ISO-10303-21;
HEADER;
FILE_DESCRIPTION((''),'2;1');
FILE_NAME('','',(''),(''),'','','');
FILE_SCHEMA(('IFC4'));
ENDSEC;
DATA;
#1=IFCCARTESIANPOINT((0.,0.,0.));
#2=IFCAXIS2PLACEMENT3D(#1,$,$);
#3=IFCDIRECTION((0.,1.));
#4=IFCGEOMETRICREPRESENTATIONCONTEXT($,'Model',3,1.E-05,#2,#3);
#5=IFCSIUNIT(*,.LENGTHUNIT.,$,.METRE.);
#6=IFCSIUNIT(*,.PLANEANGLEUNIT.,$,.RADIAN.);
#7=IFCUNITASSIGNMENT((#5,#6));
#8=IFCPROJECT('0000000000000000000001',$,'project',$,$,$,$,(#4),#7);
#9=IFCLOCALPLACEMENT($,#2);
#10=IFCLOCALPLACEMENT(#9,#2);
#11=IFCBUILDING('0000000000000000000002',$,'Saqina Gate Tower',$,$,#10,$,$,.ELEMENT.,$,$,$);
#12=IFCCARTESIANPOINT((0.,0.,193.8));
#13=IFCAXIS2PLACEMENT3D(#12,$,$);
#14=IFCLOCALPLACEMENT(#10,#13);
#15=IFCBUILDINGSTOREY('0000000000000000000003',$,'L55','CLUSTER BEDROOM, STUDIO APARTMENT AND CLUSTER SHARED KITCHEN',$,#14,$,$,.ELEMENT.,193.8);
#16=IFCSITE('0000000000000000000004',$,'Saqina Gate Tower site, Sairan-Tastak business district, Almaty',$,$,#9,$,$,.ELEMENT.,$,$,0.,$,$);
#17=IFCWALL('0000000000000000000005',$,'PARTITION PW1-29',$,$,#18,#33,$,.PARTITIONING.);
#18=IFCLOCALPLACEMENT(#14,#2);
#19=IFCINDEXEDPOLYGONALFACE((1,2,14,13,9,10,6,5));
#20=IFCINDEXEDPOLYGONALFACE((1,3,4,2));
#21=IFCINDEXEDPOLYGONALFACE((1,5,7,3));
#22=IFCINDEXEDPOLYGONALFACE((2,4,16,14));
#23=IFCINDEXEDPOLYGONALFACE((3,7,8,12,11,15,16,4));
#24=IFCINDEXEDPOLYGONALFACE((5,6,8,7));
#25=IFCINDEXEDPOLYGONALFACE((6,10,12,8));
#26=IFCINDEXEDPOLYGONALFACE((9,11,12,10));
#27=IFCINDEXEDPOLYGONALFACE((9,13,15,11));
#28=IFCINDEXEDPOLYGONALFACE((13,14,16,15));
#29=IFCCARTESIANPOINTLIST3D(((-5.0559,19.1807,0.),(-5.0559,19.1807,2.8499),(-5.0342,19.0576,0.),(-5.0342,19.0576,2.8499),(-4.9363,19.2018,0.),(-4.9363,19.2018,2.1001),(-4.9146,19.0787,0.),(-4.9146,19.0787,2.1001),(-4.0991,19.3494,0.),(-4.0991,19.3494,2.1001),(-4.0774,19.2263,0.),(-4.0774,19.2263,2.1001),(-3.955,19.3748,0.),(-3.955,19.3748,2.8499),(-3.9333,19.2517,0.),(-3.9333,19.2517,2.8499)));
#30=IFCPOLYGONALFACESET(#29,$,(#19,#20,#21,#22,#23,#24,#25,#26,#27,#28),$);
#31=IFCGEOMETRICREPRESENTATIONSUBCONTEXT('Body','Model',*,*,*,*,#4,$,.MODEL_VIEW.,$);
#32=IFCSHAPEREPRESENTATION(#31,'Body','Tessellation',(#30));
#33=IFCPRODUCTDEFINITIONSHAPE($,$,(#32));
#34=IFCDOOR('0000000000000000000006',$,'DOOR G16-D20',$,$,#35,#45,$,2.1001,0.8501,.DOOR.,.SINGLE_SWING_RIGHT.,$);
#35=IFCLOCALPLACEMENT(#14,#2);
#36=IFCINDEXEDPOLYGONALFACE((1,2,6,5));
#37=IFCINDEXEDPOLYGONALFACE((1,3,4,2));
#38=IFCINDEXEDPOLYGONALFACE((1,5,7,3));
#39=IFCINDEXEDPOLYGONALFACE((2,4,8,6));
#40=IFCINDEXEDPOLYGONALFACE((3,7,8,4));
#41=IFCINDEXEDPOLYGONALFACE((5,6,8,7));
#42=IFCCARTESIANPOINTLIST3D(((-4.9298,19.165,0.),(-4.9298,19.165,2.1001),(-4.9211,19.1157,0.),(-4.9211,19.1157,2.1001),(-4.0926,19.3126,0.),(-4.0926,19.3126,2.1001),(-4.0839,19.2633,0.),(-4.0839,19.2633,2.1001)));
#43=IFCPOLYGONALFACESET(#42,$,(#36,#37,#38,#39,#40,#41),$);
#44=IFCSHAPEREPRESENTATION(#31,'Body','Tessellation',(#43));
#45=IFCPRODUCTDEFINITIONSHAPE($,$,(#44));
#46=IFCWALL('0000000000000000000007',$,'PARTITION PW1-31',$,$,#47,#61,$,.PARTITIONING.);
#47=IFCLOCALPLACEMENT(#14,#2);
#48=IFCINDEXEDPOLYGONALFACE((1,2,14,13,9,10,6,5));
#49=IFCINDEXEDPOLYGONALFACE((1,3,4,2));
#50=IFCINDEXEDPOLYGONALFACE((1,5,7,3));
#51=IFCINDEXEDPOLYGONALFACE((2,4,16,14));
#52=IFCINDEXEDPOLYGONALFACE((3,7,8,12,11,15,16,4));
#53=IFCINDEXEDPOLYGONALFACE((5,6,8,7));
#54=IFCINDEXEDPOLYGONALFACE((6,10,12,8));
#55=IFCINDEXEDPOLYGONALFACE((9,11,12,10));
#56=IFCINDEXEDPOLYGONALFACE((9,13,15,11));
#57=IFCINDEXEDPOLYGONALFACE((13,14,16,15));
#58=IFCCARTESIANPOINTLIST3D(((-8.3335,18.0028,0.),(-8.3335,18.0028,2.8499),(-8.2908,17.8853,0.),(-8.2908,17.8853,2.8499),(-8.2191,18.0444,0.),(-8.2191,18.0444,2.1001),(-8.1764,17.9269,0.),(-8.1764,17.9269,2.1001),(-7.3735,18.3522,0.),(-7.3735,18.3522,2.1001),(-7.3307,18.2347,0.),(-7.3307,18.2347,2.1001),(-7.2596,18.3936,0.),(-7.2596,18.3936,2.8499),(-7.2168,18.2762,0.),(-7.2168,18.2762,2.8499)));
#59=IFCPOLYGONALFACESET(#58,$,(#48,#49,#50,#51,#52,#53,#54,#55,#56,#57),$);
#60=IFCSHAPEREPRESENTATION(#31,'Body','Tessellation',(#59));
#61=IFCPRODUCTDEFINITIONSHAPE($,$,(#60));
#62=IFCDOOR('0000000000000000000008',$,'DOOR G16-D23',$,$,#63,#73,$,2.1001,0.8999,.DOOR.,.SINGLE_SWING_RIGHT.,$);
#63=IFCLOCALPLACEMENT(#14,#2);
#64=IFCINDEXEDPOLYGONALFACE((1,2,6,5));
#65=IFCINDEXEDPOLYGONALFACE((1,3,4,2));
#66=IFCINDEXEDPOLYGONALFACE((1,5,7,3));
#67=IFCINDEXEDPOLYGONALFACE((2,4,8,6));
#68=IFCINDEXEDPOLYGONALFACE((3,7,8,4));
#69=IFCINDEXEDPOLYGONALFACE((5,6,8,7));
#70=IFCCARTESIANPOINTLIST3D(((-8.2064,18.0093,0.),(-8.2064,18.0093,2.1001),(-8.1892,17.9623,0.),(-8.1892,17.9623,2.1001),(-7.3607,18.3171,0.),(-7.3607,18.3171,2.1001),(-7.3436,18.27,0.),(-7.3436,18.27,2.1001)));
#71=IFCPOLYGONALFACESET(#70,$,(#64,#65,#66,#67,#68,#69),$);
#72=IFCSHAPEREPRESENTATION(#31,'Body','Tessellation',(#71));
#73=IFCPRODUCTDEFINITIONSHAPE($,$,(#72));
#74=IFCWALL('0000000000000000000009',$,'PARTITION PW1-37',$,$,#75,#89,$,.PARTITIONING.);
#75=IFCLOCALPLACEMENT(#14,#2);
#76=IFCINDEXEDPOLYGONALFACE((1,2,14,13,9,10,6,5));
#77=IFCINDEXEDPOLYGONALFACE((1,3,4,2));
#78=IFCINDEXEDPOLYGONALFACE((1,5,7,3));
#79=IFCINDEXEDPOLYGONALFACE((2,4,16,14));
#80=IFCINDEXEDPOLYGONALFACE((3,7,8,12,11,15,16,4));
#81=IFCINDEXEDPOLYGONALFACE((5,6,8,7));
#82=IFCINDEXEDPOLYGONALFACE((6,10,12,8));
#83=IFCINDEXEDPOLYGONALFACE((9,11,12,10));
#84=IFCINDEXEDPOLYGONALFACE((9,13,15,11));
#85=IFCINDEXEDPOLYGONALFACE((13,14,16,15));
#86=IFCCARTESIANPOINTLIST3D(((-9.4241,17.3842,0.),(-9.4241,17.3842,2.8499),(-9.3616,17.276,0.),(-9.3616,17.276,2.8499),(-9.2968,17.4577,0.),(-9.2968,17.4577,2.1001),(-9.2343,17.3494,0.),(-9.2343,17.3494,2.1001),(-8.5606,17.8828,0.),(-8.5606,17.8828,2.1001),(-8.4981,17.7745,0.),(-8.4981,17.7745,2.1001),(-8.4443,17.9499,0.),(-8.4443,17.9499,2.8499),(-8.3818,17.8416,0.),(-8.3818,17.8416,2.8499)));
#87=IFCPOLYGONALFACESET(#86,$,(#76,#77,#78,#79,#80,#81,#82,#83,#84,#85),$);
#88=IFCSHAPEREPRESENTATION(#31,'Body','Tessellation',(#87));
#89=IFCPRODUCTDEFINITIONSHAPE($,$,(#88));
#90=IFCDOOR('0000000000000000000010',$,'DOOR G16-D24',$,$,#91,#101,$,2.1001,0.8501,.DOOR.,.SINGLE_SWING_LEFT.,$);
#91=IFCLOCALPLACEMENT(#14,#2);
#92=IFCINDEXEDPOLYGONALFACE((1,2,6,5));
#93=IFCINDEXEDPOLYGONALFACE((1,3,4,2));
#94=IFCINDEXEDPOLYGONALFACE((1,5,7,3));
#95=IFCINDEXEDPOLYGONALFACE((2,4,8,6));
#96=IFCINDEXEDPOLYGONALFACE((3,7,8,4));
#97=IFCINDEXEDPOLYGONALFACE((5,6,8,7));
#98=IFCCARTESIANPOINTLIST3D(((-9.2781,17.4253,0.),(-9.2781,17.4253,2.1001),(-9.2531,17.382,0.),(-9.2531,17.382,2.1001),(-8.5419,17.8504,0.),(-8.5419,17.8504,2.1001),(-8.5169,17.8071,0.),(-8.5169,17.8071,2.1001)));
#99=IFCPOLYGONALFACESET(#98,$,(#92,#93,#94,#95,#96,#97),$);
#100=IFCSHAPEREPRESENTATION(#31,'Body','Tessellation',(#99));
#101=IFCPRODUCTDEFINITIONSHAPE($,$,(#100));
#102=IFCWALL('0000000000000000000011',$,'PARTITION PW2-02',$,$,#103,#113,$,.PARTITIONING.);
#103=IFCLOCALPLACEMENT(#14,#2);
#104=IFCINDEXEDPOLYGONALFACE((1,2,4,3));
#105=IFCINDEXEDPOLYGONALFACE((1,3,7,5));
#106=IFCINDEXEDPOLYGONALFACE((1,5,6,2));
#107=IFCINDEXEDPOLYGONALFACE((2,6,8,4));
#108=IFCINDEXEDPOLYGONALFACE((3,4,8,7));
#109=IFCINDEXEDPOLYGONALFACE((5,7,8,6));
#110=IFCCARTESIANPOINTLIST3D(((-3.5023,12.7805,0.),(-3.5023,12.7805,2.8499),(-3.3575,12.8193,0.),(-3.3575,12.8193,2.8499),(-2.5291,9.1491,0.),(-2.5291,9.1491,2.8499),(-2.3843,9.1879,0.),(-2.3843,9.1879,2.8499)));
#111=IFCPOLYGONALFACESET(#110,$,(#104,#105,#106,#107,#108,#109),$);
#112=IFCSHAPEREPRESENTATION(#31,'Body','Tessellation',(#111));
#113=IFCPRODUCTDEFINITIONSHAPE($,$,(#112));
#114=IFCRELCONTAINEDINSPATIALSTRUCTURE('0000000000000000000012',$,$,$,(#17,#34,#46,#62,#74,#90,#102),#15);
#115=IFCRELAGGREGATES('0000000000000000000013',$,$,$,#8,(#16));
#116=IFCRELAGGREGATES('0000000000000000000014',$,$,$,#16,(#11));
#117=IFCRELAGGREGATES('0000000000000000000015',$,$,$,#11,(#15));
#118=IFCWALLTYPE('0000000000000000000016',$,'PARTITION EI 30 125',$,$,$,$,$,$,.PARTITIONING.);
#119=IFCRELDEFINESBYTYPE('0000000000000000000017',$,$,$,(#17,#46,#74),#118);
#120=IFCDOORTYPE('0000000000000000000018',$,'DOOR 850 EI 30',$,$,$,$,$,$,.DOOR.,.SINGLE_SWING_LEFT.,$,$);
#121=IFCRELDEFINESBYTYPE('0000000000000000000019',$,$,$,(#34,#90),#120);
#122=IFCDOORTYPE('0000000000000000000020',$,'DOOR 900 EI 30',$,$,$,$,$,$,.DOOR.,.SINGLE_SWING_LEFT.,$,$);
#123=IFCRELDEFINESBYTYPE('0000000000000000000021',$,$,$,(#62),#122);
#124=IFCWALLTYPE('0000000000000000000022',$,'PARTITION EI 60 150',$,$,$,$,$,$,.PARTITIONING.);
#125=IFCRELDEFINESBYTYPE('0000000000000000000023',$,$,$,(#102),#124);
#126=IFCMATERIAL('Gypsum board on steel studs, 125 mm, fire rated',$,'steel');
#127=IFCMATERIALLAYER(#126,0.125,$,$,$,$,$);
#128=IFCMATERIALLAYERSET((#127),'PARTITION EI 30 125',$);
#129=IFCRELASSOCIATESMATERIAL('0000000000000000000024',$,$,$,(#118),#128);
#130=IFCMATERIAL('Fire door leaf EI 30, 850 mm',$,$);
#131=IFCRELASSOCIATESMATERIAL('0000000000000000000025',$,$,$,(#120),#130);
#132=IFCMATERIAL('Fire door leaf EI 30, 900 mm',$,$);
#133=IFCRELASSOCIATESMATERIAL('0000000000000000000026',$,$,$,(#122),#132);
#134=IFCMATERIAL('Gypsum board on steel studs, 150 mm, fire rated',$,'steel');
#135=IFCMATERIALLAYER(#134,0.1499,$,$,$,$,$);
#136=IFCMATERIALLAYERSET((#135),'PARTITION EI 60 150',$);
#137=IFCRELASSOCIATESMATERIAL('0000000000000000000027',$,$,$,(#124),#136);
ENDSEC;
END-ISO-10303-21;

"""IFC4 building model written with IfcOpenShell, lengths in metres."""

from ifc_helpers import new_model, si_unit, direction, frame, frame_2d, origin, place, context, subcontext, project, spatial, rectangle, extrude, material, layer, layer_set, type_object, element, fill, save


model = new_model("IFC4")

# Units and contexts
model_context = context("Model", 3, precision=1e-05, world=origin(), true_north=direction((0.0, 1.0)))
body_context = subcontext(model_context, "Body", "Model", "MODEL_VIEW")
ifc_project = project(units=[si_unit("LENGTHUNIT", "METRE"), si_unit("PLANEANGLEUNIT", "RADIAN")], contexts=[model_context])

# Site, building, storey
site_placement = place(None, origin())
site = spatial("IfcSite", under=ifc_project, at=site_placement, Name="Saqina Gate Tower site, Sairan-Tastak business district, Almaty", CompositionType="ELEMENT", RefElevation=0.0)
building_placement = place(site_placement, origin())
building = spatial("IfcBuilding", under=site, at=building_placement, Name="Saqina Gate Tower", CompositionType="ELEMENT")
storey_placement = place(building_placement, frame((0.0, 0.0, 193.8)))
storey = spatial("IfcBuildingStorey", under=building, at=storey_placement, Name="L55", Description="CLUSTER BEDROOM, STUDIO APARTMENT AND CLUSTER SHARED KITCHEN", CompositionType="ELEMENT", Elevation=193.8)

# Shared definitions
ifc_material_1 = material(Name="Gypsum board on steel studs, 125 mm, fire rated", Category="steel")
ifc_layer_1 = layer(ifc_material_1, 0.125)
ifc_layer_set_1 = layer_set([ifc_layer_1], Name="PARTITION EI 30 125")
wall_type_1 = type_object("IfcWallType", Name="PARTITION EI 30 125", PredefinedType="PARTITIONING", material=ifc_layer_set_1)

# Walls, openings, doors
wall_1_placement = place(storey_placement, frame((-5.0452, 19.1191, 0.0), z_axis=(0.0, 0.0, 1.0), x_axis=(0.98481, 0.173636, 0.0)))
wall_1 = element("IfcWall", 1, at=wall_1_placement, inside=storey, type_object=wall_type_1, Name="PARTITION PW1-29", PredefinedType="PARTITIONING", context=body_context, shape_type="SweptSolid", body=[
    extrude(rectangle(XDim=1.1179, YDim=0.125, at=frame_2d((0.5591, 0.0))), origin(), (0.0, 0.0, 1.0), 2.8499),
])
opening_1_placement = place(wall_1_placement, frame((0.1216, 0.0, 0.0)))
opening_1 = element("IfcOpeningElement", 2, at=opening_1_placement, cuts=wall_1, PredefinedType="OPENING", context=body_context, shape_type="SweptSolid", body=[
    extrude(rectangle(XDim=0.8501, YDim=2.1001, at=frame_2d((0.425, 1.05))), frame((0.0, 0.0745, 0.0), z_axis=(0.0, -1.0, 0.0), x_axis=(1.0, 0.0, 0.0)), (0.0, 0.0, 1.0), 0.1489),
])
ifc_material_2 = material(Name="Fire door leaf EI 30, 850 mm")
door_type_1 = type_object("IfcDoorType", Name="DOOR 850 EI 30", OperationType="SINGLE_SWING_LEFT", PredefinedType="DOOR", material=ifc_material_2)
door_1_placement = place(opening_1_placement, frame((0.8501, 0.0, 0.0), z_axis=(0.0, 0.0, 1.0), x_axis=(-1.0, 0.0, 0.0)))
door_1 = element("IfcDoor", 3, at=door_1_placement, inside=storey, type_object=door_type_1, Name="DOOR G16-D20", OperationType="SINGLE_SWING_RIGHT", OverallHeight=2.1001, OverallWidth=0.8501, PredefinedType="DOOR", context=body_context, shape_type="SweptSolid", body=[
    extrude(rectangle(XDim=0.8501, YDim=2.1001, at=frame_2d((0.425, 1.05))), frame((0.0, 0.0249, 0.0), z_axis=(0.0, -1.0, 0.0), x_axis=(1.0, 0.0, 0.0)), (0.0, 0.0, 1.0), 0.05),
])
fill(opening_1, door_1)
wall_2_placement = place(storey_placement, frame((-8.312, 17.9441, 0.0), z_axis=(0.0, 0.0, 1.0), x_axis=(0.9397, 0.342, 0.0)))
wall_2 = element("IfcWall", 4, at=wall_2_placement, inside=storey, type_object=wall_type_1, Name="PARTITION PW1-31", PredefinedType="PARTITIONING", context=body_context, shape_type="SweptSolid", body=[
    extrude(rectangle(XDim=1.1428, YDim=0.125, at=frame_2d((0.5713, 0.0))), origin(), (0.0, 0.0, 1.0), 2.8499),
])
opening_2_placement = place(wall_2_placement, frame((0.1216, 0.0, 0.0)))
opening_2 = element("IfcOpeningElement", 5, at=opening_2_placement, cuts=wall_2, PredefinedType="OPENING", context=body_context, shape_type="SweptSolid", body=[
    extrude(rectangle(XDim=0.8999, YDim=2.1001, at=frame_2d((0.45, 1.05))), frame((0.0, 0.0745, 0.0), z_axis=(0.0, -1.0, 0.0), x_axis=(1.0, 0.0, 0.0)), (0.0, 0.0, 1.0), 0.1489),
])
ifc_material_3 = material(Name="Fire door leaf EI 30, 900 mm")
door_type_2 = type_object("IfcDoorType", Name="DOOR 900 EI 30", OperationType="SINGLE_SWING_LEFT", PredefinedType="DOOR", material=ifc_material_3)
door_2_placement = place(opening_2_placement, frame((0.8999, 0.0, 0.0), z_axis=(0.0, 0.0, 1.0), x_axis=(-1.0, 0.0, 0.0)))
door_2 = element("IfcDoor", 6, at=door_2_placement, inside=storey, type_object=door_type_2, Name="DOOR G16-D23", OperationType="SINGLE_SWING_RIGHT", OverallHeight=2.1001, OverallWidth=0.8999, PredefinedType="DOOR", context=body_context, shape_type="SweptSolid", body=[
    extrude(rectangle(XDim=0.8999, YDim=2.1001, at=frame_2d((0.45, 1.05))), frame((0.0, 0.0249, 0.0), z_axis=(0.0, -1.0, 0.0), x_axis=(1.0, 0.0, 0.0)), (0.0, 0.0, 1.0), 0.05),
])
fill(opening_2, door_2)
wall_3_placement = place(storey_placement, frame((-9.3928, 17.3301, 0.0), z_axis=(0.0, 0.0, 1.0), x_axis=(0.866017, 0.500015, 0.0)))
wall_3 = element("IfcWall", 7, at=wall_3_placement, inside=storey, type_object=wall_type_1, Name="PARTITION PW1-37", PredefinedType="PARTITIONING", context=body_context, shape_type="SweptSolid", body=[
    extrude(rectangle(XDim=1.1313, YDim=0.125, at=frame_2d((0.5657, 0.0))), origin(), (0.0, 0.0, 1.0), 2.8499),
])
opening_3_placement = place(wall_3_placement, frame((0.147, 0.0, 0.0)))
opening_3 = element("IfcOpeningElement", 8, at=opening_3_placement, cuts=wall_3, PredefinedType="OPENING", context=body_context, shape_type="SweptSolid", body=[
    extrude(rectangle(XDim=0.8501, YDim=2.1001, at=frame_2d((0.425, 1.05))), frame((0.0, 0.0745, 0.0), z_axis=(0.0, -1.0, 0.0), x_axis=(1.0, 0.0, 0.0)), (0.0, 0.0, 1.0), 0.1489),
])
door_3_placement = place(opening_3_placement, frame((0.8501, 0.0, 0.0), z_axis=(0.0, 0.0, 1.0), x_axis=(-1.0, 0.0, 0.0)))
door_3 = element("IfcDoor", 9, at=door_3_placement, inside=storey, type_object=door_type_1, Name="DOOR G16-D24", OperationType="SINGLE_SWING_LEFT", OverallHeight=2.1001, OverallWidth=0.8501, PredefinedType="DOOR", context=body_context, shape_type="SweptSolid", body=[
    extrude(rectangle(XDim=0.8501, YDim=2.1001, at=frame_2d((0.425, 1.05))), frame((0.0, 0.0249, 0.0), z_axis=(0.0, -1.0, 0.0), x_axis=(1.0, 0.0, 0.0)), (0.0, 0.0, 1.0), 0.05),
])
fill(opening_3, door_3)

# Wall
ifc_material_4 = material(Name="Gypsum board on steel studs, 150 mm, fire rated", Category="steel")
ifc_layer_2 = layer(ifc_material_4, 0.1499)
ifc_layer_set_2 = layer_set([ifc_layer_2], Name="PARTITION EI 60 150")
wall_type_2 = type_object("IfcWallType", Name="PARTITION EI 60 150", PredefinedType="PARTITIONING", material=ifc_layer_set_2)
wall_4_placement = place(storey_placement, frame((-3.4299, 12.8, 0.0), z_axis=(0.0, 0.0, 1.0), x_axis=(0.258851, -0.965917, 0.0)))
element("IfcWall", 10, at=wall_4_placement, inside=storey, type_object=wall_type_2, Name="PARTITION PW2-02", PredefinedType="PARTITIONING", context=body_context, shape_type="SweptSolid", body=[
    extrude(rectangle(XDim=3.7595, YDim=0.1499, at=frame_2d((1.8799, 0.0))), origin(), (0.0, 0.0, 1.0), 2.8499),
])

save(model, "model.ifc")
